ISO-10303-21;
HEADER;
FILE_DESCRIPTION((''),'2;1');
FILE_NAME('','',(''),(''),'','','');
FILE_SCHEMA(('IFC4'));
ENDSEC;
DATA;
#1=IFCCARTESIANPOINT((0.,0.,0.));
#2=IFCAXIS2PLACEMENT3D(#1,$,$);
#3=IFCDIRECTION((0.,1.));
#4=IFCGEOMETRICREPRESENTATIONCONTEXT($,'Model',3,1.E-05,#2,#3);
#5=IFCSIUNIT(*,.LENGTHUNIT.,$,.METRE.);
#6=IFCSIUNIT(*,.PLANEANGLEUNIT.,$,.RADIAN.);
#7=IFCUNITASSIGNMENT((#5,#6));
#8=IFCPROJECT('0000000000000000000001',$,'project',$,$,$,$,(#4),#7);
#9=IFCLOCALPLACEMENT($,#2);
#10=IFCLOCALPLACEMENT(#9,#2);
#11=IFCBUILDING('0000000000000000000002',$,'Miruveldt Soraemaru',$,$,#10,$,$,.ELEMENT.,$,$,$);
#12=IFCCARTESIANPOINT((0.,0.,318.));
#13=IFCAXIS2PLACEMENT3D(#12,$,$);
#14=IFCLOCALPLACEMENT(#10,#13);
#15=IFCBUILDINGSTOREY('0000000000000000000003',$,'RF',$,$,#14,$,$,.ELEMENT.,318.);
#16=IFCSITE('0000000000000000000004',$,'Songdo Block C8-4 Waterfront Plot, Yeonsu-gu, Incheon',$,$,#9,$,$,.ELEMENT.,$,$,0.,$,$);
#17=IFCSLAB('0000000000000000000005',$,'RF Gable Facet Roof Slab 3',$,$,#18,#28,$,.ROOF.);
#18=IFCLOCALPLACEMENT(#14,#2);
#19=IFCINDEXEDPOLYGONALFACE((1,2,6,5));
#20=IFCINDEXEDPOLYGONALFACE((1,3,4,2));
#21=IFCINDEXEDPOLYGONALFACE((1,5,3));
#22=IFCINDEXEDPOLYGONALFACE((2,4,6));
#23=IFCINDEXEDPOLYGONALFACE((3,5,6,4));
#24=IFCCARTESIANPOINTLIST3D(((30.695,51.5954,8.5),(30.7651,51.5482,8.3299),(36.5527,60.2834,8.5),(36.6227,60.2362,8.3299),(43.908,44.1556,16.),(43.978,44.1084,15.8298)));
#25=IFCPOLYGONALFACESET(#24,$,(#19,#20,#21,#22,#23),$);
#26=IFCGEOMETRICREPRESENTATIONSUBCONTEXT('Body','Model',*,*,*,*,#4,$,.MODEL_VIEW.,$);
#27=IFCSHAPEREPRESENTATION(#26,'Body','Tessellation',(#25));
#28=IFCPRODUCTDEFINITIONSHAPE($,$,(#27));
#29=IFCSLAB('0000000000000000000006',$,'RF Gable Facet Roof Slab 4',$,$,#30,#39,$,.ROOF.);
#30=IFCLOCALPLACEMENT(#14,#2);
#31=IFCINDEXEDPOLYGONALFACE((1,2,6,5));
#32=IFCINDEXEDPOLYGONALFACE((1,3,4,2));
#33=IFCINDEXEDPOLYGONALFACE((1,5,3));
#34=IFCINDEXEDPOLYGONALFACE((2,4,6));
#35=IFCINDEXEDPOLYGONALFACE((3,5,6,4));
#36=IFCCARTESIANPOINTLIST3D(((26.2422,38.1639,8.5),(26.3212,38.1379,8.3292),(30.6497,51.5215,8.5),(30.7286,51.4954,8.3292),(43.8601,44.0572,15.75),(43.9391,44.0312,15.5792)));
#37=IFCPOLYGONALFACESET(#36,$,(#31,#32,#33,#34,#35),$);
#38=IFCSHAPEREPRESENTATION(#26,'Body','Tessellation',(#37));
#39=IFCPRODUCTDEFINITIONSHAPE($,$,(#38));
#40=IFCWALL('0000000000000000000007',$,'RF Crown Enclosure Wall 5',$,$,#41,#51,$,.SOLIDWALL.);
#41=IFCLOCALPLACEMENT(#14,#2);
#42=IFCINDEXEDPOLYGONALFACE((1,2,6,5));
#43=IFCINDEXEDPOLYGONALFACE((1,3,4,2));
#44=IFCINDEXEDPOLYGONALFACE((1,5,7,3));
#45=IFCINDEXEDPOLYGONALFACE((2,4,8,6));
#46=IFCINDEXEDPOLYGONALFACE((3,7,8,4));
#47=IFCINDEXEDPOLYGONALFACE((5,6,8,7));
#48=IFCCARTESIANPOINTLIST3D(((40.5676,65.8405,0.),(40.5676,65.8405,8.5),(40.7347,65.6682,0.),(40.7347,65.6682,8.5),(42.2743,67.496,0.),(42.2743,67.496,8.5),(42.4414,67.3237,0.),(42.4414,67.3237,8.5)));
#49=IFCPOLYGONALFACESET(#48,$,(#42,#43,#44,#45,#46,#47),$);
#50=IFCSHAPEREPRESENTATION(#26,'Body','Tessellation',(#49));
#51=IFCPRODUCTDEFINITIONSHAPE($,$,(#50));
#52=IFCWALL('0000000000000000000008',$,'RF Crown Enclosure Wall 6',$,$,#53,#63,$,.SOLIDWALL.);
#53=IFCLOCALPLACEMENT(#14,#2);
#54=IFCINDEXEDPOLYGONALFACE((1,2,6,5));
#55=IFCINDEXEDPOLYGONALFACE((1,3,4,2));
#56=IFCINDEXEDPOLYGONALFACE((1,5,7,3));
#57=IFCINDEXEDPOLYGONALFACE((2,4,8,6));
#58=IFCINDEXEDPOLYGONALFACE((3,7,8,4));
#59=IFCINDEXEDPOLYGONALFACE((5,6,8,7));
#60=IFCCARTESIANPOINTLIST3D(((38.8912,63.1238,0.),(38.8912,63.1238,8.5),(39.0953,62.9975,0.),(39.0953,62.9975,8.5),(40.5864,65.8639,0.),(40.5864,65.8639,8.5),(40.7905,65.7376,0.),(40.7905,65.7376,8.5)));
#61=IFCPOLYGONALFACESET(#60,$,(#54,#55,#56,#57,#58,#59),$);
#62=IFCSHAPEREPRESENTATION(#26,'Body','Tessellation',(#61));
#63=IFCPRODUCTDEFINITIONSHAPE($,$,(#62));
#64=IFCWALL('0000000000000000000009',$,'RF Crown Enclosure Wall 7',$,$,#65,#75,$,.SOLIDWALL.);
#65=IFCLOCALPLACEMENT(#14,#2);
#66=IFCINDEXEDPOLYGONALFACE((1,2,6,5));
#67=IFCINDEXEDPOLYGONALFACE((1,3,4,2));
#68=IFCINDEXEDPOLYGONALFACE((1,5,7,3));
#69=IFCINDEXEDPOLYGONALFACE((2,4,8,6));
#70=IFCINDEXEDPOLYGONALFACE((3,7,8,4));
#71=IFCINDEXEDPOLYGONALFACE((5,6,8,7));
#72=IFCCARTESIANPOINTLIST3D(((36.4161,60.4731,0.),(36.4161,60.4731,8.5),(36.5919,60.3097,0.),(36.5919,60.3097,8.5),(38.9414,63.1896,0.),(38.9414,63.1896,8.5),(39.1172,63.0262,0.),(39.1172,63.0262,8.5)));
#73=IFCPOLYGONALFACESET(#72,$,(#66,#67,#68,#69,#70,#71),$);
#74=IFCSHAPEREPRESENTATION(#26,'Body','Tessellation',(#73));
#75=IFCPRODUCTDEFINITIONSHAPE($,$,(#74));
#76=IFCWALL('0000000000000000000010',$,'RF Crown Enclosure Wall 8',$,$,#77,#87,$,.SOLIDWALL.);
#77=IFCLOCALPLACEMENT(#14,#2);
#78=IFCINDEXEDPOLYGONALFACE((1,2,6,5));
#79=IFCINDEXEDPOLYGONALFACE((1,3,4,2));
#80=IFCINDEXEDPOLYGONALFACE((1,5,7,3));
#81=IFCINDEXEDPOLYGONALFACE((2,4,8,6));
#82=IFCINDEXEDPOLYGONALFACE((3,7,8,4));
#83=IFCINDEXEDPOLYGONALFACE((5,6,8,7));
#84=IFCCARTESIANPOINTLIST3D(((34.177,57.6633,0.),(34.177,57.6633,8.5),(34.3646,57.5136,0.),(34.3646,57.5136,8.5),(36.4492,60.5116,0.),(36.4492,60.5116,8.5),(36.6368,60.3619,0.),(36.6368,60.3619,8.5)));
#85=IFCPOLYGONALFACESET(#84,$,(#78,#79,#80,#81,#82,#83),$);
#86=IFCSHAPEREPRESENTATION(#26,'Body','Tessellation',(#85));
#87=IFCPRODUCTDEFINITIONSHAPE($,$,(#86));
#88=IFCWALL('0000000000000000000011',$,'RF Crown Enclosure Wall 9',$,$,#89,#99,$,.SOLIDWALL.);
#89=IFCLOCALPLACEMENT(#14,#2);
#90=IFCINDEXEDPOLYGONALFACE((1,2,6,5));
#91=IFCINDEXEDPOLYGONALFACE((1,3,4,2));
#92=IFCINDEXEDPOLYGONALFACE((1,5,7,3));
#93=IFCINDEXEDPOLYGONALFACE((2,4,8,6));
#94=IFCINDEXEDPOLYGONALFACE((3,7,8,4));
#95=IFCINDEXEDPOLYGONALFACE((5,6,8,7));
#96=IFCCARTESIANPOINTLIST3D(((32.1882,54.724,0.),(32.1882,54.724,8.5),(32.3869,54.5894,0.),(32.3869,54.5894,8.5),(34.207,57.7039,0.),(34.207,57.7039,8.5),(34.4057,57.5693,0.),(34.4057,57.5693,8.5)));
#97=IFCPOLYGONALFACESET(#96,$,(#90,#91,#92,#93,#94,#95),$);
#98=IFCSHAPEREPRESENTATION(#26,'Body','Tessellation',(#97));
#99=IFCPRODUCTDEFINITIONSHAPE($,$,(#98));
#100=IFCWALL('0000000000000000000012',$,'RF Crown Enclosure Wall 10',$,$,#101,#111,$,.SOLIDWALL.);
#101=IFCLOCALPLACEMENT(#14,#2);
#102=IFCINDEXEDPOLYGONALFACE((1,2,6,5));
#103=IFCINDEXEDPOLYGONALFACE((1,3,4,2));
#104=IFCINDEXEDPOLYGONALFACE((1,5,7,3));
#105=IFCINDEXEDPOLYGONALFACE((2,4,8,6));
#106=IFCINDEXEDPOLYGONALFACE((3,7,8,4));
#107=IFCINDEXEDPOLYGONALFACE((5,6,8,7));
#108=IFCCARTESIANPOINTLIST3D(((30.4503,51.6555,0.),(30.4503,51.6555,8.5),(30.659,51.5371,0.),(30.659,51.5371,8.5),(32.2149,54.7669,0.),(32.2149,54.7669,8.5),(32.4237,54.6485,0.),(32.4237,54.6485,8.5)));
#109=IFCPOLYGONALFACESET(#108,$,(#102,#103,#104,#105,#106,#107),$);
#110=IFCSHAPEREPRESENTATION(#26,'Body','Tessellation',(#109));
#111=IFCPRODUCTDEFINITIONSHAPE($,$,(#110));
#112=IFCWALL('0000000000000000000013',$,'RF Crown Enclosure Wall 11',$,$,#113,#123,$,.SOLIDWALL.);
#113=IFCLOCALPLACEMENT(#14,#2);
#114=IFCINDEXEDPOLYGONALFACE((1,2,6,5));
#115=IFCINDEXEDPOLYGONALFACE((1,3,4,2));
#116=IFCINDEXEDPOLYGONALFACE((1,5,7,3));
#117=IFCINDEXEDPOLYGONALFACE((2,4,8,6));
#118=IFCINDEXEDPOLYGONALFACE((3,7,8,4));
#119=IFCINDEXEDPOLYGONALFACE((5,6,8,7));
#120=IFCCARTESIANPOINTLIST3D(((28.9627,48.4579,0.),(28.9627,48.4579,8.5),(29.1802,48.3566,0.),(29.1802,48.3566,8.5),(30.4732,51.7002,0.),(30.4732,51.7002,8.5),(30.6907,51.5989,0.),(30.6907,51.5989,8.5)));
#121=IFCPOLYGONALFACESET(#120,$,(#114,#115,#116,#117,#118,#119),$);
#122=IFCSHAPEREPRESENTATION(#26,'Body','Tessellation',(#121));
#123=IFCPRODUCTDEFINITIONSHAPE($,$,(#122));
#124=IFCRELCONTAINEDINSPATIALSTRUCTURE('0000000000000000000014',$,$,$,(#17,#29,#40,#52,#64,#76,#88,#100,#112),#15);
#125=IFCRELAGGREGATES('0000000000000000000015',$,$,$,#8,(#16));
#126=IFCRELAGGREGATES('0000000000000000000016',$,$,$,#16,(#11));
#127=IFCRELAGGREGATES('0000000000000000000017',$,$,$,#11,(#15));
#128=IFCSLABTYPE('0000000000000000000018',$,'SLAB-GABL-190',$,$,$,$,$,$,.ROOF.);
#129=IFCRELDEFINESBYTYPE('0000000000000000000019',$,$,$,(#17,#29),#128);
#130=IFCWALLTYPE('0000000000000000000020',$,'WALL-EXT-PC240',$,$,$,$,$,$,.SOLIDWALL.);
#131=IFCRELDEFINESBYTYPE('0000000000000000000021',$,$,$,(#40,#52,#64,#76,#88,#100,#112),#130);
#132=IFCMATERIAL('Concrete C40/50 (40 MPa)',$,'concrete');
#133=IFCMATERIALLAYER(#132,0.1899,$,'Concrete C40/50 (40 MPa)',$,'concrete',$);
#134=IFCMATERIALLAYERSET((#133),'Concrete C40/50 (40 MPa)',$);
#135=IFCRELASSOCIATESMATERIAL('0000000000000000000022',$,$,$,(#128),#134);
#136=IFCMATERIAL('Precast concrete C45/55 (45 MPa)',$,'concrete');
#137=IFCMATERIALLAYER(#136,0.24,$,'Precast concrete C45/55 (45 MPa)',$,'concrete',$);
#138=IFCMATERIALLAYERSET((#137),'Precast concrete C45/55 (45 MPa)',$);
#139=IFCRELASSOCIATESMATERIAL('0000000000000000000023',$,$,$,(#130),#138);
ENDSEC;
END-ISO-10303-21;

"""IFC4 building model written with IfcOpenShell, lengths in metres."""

from ifc_helpers import new_model, si_unit, direction, frame, frame_2d, origin, place, context, subcontext, project, spatial, polyline, rectangle, outline, extrude, material, layer, layer_set, type_object, element, save


model = new_model("IFC4")

# Units and contexts
model_context = context("Model", 3, precision=1e-05, world=origin(), true_north=direction((0.0, 1.0)))
body_context = subcontext(model_context, "Body", "Model", "MODEL_VIEW")
ifc_project = project(units=[si_unit("LENGTHUNIT", "METRE"), si_unit("PLANEANGLEUNIT", "RADIAN")], contexts=[model_context])

# Site, building, storey
site_placement = place(None, origin())
site = spatial("IfcSite", under=ifc_project, at=site_placement, Name="Songdo Block C8-4 Waterfront Plot, Yeonsu-gu, Incheon", CompositionType="ELEMENT", RefElevation=0.0)
building_placement = place(site_placement, origin())
building = spatial("IfcBuilding", under=site, at=building_placement, Name="Miruveldt Soraemaru", CompositionType="ELEMENT")
storey_placement = place(building_placement, frame((0.0, 0.0, 318.0)))
storey = spatial("IfcBuildingStorey", under=building, at=storey_placement, Name="RF", CompositionType="ELEMENT", Elevation=318.0)

# Slabs
ifc_material_1 = material(Name="Concrete C40/50 (40 MPa)", Category="concrete")
ifc_layer_1 = layer(ifc_material_1, 0.1899, Name="Concrete C40/50 (40 MPa)", Category="concrete")
ifc_layer_set_1 = layer_set([ifc_layer_1], Name="Concrete C40/50 (40 MPa)")
slab_type = type_object("IfcSlabType", Name="SLAB-GABL-190", PredefinedType="ROOF", material=ifc_layer_set_1)
slab_1_placement = place(storey_placement, frame((36.5527, 60.2834, 8.5), z_axis=(-0.368552, 0.248487, 0.895781), x_axis=(-0.559032, -0.829146, 0.0)))
element("IfcSlab", 1, at=slab_1_placement, inside=storey, type_object=slab_type, Name="RF Gable Facet Roof Slab 3", PredefinedType="ROOF", context=body_context, shape_type="SweptSolid", body=[
    extrude(outline(polyline([(0.0, 0.0), (10.4783, 0.0), (9.2605, 16.873), (0.0, 0.0)])), origin(), (0.0, 0.0, -1.0), 0.1899),
])
slab_2_placement = place(storey_placement, frame((30.6497, 51.5215, 8.5), z_axis=(-0.415857, 0.137215, 0.899019), x_axis=(-0.313342, -0.94964, 0.0)))
element("IfcSlab", 2, at=slab_2_placement, inside=storey, type_object=slab_type, Name="RF Gable Facet Roof Slab 4", PredefinedType="ROOF", context=body_context, shape_type="SweptSolid", body=[
    extrude(outline(polyline([(0.0, 0.0), (14.0659, 0.0), (2.949, 16.5559), (0.0, 0.0)])), origin(), (0.0, 0.0, -1.0), 0.1899),
])

# Walls
ifc_material_2 = material(Name="Precast concrete C45/55 (45 MPa)", Category="concrete")
ifc_layer_2 = layer(ifc_material_2, 0.24, Name="Precast concrete C45/55 (45 MPa)", Category="concrete")
ifc_layer_set_2 = layer_set([ifc_layer_2], Name="Precast concrete C45/55 (45 MPa)")
wall_type = type_object("IfcWallType", Name="WALL-EXT-PC240", PredefinedType="SOLIDWALL", material=ifc_layer_set_2)
wall_1_placement = place(storey_placement, frame((42.3579, 67.4099, 0.0), z_axis=(0.0, 0.0, 1.0), x_axis=(-0.717806, -0.696244, 0.0)))
element("IfcWall", 3, at=wall_1_placement, inside=storey, type_object=wall_type, Name="RF Crown Enclosure Wall 5", PredefinedType="SOLIDWALL", context=body_context, shape_type="SweptSolid", body=[
    extrude(rectangle(XDim=2.3777, YDim=0.24, at=frame_2d((1.189, 0.0))), origin(), (0.0, 0.0, 1.0), 8.5),
])
wall_2_placement = place(storey_placement, frame((40.6885, 65.8008, 0.0), z_axis=(0.0, 0.0, 1.0), x_axis=(-0.526125, -0.850407, 0.0)))
element("IfcWall", 4, at=wall_2_placement, inside=storey, type_object=wall_type, Name="RF Crown Enclosure Wall 6", PredefinedType="SOLIDWALL", context=body_context, shape_type="SweptSolid", body=[
    extrude(rectangle(XDim=3.2222, YDim=0.24, at=frame_2d((1.6111, 0.0))), origin(), (0.0, 0.0, 1.0), 8.5),
])
wall_3_placement = place(storey_placement, frame((39.0293, 63.1079, 0.0), z_axis=(0.0, 0.0, 1.0), x_axis=(-0.680868, -0.732407, 0.0)))
element("IfcWall", 5, at=wall_3_placement, inside=storey, type_object=wall_type, Name="RF Crown Enclosure Wall 7", PredefinedType="SOLIDWALL", context=body_context, shape_type="SweptSolid", body=[
    extrude(rectangle(XDim=3.709, YDim=0.24, at=frame_2d((1.8545, 0.0))), origin(), (0.0, 0.0, 1.0), 8.5),
])
wall_4_placement = place(storey_placement, frame((36.543, 60.4368, 0.0), z_axis=(0.0, 0.0, 1.0), x_axis=(-0.623608, -0.781737, 0.0)))
element("IfcWall", 6, at=wall_4_placement, inside=storey, type_object=wall_type, Name="RF Crown Enclosure Wall 8", PredefinedType="SOLIDWALL", context=body_context, shape_type="SweptSolid", body=[
    extrude(rectangle(XDim=3.6436, YDim=0.24, at=frame_2d((1.8218, 0.0))), origin(), (0.0, 0.0, 1.0), 8.5),
])
wall_5_placement = place(storey_placement, frame((34.3064, 57.6367, 0.0), z_axis=(0.0, 0.0, 1.0), x_axis=(-0.560868, -0.827905, 0.0)))
element("IfcWall", 7, at=wall_5_placement, inside=storey, type_object=wall_type, Name="RF Crown Enclosure Wall 9", PredefinedType="SOLIDWALL", context=body_context, shape_type="SweptSolid", body=[
    extrude(rectangle(XDim=3.5994, YDim=0.24, at=frame_2d((1.7998, 0.0))), origin(), (0.0, 0.0, 1.0), 8.5),
])
for number, where, z_axis, x_axis, name in (
    (8, (32.3193, 54.7078, 0.0), (0.0, 0.0, 1.0), (-0.493343, -0.869835, 0.0), "RF Crown Enclosure Wall 10"),
    (9, (30.582, 51.6497, 0.0), (0.0, 0.0, 1.0), (-0.422306, -0.906453, 0.0), "RF Crown Enclosure Wall 11"),
):
    element("IfcWall", number, at=place(storey_placement, frame(where, z_axis=z_axis, x_axis=x_axis)), inside=storey, type_object=wall_type, Name=name, PredefinedType="SOLIDWALL", context=body_context, shape_type="SweptSolid", body=[
        extrude(rectangle(XDim=3.5769, YDim=0.24, at=frame_2d((1.7886, 0.0))), origin(), (0.0, 0.0, 1.0), 8.5),
    ])

save(model, "model.ifc")
